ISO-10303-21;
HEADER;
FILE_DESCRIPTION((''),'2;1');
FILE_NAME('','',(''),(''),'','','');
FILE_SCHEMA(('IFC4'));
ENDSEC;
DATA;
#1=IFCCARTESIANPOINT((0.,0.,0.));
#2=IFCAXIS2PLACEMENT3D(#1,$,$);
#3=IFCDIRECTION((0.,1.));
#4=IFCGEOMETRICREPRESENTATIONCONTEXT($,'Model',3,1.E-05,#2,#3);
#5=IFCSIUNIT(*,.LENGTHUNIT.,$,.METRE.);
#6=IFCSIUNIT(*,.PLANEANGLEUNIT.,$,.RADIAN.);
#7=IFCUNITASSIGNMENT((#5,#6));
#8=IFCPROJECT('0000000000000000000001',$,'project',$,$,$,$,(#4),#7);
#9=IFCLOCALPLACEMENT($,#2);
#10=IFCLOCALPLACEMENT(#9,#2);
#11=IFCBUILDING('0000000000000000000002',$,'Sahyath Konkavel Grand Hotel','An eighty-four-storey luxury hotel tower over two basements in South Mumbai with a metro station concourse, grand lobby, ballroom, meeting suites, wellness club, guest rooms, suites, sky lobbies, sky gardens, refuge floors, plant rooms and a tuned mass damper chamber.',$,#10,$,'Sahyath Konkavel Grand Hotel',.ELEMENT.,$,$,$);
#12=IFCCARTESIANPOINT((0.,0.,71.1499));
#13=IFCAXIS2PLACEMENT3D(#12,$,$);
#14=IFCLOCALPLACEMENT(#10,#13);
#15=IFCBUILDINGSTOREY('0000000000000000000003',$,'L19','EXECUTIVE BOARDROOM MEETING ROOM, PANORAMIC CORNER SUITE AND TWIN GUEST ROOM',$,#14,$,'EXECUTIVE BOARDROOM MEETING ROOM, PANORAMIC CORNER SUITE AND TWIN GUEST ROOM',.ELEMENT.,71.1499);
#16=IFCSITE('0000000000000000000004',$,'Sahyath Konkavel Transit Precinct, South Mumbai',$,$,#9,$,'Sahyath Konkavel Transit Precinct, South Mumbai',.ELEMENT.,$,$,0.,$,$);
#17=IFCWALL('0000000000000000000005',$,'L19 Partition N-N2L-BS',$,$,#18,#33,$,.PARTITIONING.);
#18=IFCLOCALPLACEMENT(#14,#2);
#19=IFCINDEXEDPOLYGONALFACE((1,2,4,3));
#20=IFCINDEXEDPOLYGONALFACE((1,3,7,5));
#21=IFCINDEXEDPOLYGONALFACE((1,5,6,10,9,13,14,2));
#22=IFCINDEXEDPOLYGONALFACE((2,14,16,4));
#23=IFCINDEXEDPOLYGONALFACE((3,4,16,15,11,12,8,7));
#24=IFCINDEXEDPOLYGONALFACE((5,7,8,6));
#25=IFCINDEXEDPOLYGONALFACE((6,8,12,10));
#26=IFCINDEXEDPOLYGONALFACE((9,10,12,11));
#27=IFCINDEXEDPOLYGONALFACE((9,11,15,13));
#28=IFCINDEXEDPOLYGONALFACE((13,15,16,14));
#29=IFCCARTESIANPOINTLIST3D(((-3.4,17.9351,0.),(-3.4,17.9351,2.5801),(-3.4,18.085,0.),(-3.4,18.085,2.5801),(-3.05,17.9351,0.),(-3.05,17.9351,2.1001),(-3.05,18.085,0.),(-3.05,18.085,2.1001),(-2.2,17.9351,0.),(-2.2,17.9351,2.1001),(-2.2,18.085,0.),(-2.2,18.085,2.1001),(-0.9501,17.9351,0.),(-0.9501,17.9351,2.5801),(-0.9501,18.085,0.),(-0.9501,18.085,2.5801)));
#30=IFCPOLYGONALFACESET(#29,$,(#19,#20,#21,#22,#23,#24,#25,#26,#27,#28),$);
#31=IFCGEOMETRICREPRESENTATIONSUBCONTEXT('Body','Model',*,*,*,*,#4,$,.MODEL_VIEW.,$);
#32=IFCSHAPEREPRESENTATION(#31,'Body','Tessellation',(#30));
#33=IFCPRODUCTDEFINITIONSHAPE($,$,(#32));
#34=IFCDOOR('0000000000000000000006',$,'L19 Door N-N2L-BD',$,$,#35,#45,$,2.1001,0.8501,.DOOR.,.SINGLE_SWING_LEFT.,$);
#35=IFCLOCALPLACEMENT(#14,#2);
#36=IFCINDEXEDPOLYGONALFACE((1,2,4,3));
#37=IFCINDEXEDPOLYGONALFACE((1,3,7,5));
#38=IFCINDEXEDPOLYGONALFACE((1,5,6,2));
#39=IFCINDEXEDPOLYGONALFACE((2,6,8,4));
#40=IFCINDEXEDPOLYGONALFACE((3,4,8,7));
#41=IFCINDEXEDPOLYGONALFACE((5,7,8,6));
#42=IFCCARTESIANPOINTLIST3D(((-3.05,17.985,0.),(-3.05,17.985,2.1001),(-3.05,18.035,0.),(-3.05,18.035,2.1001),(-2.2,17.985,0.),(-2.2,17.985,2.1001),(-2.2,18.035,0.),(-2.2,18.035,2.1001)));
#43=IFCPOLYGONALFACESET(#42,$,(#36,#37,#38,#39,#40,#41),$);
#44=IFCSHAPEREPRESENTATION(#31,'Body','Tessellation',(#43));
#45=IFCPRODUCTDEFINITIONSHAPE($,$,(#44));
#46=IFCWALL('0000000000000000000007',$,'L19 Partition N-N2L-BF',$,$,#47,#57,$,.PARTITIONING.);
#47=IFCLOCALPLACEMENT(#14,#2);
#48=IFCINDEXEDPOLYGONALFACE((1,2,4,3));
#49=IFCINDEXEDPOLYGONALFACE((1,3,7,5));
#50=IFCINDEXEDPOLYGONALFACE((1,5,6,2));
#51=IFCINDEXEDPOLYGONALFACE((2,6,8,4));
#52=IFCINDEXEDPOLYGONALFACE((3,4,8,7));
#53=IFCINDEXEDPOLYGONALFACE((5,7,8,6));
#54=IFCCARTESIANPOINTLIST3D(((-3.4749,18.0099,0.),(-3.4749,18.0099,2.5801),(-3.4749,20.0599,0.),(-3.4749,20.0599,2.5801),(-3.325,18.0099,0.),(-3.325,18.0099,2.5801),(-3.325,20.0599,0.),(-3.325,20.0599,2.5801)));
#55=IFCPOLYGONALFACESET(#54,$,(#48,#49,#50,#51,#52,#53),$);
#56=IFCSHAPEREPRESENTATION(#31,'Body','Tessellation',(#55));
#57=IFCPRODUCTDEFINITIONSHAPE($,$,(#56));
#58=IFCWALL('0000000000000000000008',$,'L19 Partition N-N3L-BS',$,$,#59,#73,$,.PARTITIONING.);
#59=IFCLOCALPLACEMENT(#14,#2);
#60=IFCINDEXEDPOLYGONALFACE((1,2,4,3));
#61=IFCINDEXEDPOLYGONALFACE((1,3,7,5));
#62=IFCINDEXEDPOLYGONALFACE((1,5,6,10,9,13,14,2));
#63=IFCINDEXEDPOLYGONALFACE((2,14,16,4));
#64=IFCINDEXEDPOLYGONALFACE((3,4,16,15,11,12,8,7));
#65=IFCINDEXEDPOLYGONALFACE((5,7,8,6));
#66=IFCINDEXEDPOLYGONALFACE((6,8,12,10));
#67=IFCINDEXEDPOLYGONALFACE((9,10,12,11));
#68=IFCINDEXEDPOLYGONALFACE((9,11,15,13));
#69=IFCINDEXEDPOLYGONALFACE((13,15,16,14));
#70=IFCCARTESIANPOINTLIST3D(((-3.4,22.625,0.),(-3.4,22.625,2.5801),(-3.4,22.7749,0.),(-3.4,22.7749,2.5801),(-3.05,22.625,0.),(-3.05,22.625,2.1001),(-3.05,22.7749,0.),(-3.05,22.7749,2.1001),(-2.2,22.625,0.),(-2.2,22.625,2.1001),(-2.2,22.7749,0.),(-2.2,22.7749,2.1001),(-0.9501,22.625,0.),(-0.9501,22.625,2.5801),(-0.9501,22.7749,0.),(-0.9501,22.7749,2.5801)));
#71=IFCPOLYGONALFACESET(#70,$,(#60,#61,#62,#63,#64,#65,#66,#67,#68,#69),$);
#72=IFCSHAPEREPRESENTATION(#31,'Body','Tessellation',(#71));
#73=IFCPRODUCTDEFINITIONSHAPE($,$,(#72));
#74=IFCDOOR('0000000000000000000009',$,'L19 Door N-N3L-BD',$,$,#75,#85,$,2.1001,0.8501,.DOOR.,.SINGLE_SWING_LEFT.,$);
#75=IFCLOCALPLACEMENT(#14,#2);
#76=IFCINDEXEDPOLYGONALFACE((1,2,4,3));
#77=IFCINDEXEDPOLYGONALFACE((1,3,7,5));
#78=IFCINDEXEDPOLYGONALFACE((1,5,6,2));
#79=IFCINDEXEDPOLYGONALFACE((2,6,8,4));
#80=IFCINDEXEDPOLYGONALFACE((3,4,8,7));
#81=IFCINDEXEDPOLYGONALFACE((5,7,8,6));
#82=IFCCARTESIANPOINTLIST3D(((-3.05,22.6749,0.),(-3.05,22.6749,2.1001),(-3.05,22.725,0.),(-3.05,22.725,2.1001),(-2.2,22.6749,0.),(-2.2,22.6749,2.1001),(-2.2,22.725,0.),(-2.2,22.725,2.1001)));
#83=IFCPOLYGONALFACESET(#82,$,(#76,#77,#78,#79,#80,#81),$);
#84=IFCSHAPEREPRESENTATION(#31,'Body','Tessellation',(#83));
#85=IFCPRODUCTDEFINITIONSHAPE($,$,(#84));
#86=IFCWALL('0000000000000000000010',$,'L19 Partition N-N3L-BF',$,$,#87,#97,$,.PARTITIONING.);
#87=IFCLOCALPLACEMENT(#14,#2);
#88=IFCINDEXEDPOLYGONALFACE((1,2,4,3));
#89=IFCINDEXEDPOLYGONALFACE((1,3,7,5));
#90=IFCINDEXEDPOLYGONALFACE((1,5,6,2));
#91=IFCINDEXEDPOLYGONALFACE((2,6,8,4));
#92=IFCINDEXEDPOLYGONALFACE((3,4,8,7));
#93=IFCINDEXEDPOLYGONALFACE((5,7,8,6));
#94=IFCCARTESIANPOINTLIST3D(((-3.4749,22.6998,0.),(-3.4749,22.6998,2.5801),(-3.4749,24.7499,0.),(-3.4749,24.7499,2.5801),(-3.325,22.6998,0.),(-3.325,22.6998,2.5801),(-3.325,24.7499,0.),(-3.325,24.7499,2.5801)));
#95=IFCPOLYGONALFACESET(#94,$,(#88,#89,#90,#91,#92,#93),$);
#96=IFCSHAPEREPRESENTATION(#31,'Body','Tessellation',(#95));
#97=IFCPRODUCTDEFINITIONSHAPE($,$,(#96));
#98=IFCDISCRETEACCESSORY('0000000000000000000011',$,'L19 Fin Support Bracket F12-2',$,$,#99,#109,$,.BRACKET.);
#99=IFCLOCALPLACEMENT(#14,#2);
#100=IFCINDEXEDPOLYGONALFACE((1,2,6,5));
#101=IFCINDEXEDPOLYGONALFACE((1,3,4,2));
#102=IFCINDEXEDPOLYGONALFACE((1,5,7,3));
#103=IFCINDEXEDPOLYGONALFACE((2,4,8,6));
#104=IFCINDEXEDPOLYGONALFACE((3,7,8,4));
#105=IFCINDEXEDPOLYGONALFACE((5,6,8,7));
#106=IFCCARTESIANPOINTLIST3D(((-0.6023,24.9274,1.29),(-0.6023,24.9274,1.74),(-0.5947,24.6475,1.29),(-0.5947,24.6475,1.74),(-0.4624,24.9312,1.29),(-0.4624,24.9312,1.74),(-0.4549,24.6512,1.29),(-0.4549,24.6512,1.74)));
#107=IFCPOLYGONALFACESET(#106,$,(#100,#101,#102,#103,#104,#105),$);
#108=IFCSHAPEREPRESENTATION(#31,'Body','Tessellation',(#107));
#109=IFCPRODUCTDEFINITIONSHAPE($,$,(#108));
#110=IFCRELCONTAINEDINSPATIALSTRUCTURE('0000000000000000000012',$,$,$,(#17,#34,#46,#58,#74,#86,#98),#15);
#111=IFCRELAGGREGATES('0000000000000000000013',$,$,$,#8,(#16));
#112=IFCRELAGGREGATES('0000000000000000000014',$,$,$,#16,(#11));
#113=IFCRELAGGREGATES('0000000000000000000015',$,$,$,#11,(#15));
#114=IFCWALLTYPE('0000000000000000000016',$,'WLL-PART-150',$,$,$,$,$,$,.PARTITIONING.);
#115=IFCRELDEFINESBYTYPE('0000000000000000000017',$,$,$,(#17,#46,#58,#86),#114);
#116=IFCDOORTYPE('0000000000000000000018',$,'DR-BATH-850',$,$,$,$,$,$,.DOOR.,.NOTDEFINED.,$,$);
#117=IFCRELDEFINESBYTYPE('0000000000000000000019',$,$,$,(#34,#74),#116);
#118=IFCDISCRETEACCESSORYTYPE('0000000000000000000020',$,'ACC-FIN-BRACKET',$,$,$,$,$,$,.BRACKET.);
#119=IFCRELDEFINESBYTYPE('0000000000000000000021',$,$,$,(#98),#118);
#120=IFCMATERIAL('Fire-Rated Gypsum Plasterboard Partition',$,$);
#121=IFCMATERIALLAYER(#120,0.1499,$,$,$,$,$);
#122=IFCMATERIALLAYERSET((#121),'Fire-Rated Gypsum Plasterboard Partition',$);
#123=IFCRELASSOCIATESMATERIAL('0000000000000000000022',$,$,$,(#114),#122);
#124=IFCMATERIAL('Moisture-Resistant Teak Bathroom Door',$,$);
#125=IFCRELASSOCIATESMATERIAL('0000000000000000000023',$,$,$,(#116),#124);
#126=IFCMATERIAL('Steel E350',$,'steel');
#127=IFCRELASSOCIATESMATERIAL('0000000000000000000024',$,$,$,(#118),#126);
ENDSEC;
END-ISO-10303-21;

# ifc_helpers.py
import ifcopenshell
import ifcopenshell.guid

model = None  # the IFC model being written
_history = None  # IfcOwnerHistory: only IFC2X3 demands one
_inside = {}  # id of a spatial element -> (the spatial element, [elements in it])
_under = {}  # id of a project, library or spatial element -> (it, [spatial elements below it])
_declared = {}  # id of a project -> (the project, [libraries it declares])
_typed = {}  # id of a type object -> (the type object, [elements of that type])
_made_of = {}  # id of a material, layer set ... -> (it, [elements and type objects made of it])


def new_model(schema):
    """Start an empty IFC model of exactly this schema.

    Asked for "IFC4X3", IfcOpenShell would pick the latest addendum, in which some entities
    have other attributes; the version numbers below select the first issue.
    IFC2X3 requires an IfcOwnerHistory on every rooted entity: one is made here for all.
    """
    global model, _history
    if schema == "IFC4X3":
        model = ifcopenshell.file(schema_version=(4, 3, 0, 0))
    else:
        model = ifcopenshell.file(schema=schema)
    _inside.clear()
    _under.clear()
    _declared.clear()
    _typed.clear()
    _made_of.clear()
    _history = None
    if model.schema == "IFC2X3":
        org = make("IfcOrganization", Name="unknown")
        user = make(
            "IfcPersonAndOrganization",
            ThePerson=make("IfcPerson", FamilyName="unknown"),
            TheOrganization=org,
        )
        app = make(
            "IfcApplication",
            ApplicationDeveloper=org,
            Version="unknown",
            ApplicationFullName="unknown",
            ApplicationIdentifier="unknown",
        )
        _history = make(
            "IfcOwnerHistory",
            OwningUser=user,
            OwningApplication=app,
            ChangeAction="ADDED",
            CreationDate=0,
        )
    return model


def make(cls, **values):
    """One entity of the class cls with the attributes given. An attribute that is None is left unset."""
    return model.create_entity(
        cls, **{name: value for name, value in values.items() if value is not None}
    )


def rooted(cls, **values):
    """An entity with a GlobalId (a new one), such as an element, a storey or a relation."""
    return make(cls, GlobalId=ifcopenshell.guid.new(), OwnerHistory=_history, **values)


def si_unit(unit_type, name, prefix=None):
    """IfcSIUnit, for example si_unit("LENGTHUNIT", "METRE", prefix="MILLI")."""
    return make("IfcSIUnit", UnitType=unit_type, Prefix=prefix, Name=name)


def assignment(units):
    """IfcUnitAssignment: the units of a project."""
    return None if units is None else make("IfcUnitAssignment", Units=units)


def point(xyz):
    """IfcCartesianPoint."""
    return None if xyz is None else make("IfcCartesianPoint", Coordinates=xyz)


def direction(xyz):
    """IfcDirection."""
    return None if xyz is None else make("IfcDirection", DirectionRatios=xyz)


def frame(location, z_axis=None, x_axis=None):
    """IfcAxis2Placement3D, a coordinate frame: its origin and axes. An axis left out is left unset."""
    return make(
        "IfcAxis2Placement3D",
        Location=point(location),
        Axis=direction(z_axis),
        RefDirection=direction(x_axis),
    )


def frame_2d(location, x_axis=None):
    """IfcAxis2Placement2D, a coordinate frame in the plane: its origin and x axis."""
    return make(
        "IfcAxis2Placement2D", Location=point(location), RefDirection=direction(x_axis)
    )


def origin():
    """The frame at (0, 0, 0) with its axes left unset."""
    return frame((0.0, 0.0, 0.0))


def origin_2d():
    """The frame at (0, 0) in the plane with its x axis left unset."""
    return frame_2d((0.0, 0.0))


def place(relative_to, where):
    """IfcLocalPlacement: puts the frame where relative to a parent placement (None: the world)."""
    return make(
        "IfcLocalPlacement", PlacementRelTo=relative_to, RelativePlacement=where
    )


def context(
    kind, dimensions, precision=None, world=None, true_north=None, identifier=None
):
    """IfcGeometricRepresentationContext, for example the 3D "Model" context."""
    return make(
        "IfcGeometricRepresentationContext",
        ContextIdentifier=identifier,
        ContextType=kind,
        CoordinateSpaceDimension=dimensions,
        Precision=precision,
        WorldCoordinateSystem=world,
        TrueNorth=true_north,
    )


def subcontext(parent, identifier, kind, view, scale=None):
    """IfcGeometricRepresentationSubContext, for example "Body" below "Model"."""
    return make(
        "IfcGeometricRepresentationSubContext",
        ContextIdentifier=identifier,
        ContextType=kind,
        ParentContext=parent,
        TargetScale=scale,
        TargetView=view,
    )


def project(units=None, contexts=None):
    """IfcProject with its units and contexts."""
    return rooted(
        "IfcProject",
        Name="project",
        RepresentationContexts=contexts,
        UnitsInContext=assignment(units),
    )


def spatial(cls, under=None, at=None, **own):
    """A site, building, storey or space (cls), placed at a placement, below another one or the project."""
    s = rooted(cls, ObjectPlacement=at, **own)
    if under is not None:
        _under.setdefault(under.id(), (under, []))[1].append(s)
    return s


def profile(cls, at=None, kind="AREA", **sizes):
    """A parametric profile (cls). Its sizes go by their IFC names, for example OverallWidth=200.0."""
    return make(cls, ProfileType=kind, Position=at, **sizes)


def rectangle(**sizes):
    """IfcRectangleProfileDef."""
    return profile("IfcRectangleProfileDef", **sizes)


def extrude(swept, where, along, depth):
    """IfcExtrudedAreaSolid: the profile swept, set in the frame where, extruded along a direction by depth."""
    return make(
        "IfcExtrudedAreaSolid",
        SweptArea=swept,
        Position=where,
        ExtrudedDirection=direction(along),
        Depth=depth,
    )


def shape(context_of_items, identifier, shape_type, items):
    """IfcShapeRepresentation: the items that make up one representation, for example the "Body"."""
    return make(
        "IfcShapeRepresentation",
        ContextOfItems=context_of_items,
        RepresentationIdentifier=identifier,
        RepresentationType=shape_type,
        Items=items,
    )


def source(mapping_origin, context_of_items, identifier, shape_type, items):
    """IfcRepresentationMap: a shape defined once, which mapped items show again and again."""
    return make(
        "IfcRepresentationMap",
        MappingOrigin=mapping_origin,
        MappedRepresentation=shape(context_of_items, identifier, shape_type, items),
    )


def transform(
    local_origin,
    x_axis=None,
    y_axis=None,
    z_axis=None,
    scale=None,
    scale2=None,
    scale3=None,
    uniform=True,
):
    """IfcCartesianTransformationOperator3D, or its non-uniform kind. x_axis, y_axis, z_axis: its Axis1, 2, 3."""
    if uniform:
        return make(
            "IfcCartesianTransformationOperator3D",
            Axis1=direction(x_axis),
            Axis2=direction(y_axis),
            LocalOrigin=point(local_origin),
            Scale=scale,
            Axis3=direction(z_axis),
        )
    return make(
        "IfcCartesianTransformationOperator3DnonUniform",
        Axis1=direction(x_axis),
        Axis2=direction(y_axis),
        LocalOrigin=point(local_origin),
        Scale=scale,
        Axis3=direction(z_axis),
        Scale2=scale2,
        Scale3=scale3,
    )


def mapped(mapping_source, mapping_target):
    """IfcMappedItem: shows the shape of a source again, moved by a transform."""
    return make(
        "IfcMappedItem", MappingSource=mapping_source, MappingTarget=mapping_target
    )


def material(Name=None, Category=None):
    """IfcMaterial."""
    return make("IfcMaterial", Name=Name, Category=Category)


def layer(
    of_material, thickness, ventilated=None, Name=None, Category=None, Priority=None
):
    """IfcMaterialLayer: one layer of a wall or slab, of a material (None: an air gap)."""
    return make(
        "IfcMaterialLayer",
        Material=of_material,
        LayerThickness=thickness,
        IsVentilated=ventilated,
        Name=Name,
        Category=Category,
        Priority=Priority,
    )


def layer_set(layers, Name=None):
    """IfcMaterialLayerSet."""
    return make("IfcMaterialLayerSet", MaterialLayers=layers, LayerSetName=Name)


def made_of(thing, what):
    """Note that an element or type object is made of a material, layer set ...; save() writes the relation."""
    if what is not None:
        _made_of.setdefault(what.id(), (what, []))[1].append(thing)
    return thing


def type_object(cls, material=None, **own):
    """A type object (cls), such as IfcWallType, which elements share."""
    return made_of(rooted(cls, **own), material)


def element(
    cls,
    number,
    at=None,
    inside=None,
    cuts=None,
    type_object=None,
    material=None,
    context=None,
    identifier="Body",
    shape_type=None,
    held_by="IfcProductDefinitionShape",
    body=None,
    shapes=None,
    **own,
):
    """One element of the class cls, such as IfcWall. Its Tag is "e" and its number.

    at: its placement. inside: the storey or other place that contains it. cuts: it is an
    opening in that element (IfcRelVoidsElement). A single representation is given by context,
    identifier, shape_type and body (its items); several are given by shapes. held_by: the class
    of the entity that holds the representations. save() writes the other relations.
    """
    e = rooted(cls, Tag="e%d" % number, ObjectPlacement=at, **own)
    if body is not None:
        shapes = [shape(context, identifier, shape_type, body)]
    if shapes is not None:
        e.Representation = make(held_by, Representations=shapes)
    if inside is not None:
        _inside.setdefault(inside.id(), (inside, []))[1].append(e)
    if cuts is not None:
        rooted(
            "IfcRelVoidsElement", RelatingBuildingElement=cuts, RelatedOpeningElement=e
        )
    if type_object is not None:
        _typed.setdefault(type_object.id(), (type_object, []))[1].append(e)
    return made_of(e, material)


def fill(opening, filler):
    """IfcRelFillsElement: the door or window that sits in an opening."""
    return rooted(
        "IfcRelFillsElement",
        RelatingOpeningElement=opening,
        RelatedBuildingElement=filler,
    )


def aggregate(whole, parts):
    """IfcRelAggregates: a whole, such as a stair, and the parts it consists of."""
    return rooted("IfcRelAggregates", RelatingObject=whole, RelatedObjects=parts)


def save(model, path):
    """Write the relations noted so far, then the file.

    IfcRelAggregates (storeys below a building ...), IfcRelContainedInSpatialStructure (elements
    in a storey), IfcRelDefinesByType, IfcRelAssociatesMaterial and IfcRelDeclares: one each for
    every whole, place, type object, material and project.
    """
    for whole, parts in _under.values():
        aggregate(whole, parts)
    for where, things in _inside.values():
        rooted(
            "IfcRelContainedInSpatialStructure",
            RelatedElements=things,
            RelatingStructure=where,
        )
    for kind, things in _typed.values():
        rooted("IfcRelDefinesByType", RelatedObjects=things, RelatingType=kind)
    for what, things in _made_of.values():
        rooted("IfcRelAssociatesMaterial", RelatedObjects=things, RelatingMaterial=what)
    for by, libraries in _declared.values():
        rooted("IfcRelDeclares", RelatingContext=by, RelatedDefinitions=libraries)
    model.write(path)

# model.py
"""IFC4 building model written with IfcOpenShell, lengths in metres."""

from ifc_helpers import new_model, si_unit, direction, frame, frame_2d, origin, origin_2d, place, context, subcontext, project, spatial, rectangle, extrude, source, transform, mapped, material, layer, layer_set, type_object, element, fill, save


model = new_model("IFC4")

# Units and contexts
model_context = context("Model", 3, precision=1e-05, world=origin(), true_north=direction((0.0, 1.0)))
body_context = subcontext(model_context, "Body", "Model", "MODEL_VIEW")
ifc_project = project(units=[si_unit("LENGTHUNIT", "METRE"), si_unit("PLANEANGLEUNIT", "RADIAN")], contexts=[model_context])

# Site, building, storey
site_placement = place(None, origin())
site = spatial("IfcSite", under=ifc_project, at=site_placement, Name="Sahyath Konkavel Transit Precinct, South Mumbai", LongName="Sahyath Konkavel Transit Precinct, South Mumbai", CompositionType="ELEMENT", RefElevation=0.0)
building_placement = place(site_placement, origin())
building = spatial("IfcBuilding", under=site, at=building_placement, Name="Sahyath Konkavel Grand Hotel", Description="An eighty-four-storey luxury hotel tower over two basements in South Mumbai with a metro station concourse, grand lobby, ballroom, meeting suites, wellness club, guest rooms, suites, sky lobbies, sky gardens, refuge floors, plant rooms and a tuned mass damper chamber.", LongName="Sahyath Konkavel Grand Hotel", CompositionType="ELEMENT")
storey_placement = place(building_placement, frame((0.0, 0.0, 71.1499)))
storey = spatial("IfcBuildingStorey", under=building, at=storey_placement, Name="L19", Description="EXECUTIVE BOARDROOM MEETING ROOM, PANORAMIC CORNER SUITE AND TWIN GUEST ROOM", LongName="EXECUTIVE BOARDROOM MEETING ROOM, PANORAMIC CORNER SUITE AND TWIN GUEST ROOM", CompositionType="ELEMENT", Elevation=71.1499)

# Shared definitions
ifc_material_1 = material(Name="Steel E350", Category="steel")

# Wall, opening, door
ifc_material_2 = material(Name="Fire-Rated Gypsum Plasterboard Partition")
ifc_layer_1 = layer(ifc_material_2, 0.1499)
ifc_layer_set_1 = layer_set([ifc_layer_1], Name="Fire-Rated Gypsum Plasterboard Partition")
wall_type_1 = type_object("IfcWallType", Name="WLL-PART-150", PredefinedType="PARTITIONING", material=ifc_layer_set_1)
wall_1_placement = place(storey_placement, frame((-0.95, 18.01, 0.0), z_axis=(0.0, 0.0, 1.0), x_axis=(-1.0, 0.0, 0.0)))
wall_1 = element("IfcWall", 1, at=wall_1_placement, inside=storey, type_object=wall_type_1, Name="L19 Partition N-N2L-BS", PredefinedType="PARTITIONING", context=body_context, shape_type="SweptSolid", body=[
    extrude(rectangle(XDim=2.45, YDim=0.1499, at=frame_2d((1.2251, 0.0))), origin(), (0.0, 0.0, 1.0), 2.5801),
])
opening_1_placement = place(wall_1_placement, frame((1.25, 0.0, 0.0)))
opening_1 = element("IfcOpeningElement", 2, at=opening_1_placement, cuts=wall_1, PredefinedType="OPENING", context=body_context, shape_type="SweptSolid", body=[
    extrude(rectangle(XDim=0.8501, YDim=2.1001, at=frame_2d((0.425, 1.05))), frame((0.0, 0.085, 0.0), z_axis=(0.0, -1.0, 0.0), x_axis=(1.0, 0.0, 0.0)), (0.0, 0.0, 1.0), 0.1699),
])
ifc_material_3 = material(Name="Moisture-Resistant Teak Bathroom Door")
door_type = type_object("IfcDoorType", Name="DR-BATH-850", OperationType="NOTDEFINED", PredefinedType="DOOR", material=ifc_material_3)
shared_shape_1 = source(origin(), body_context, "Body", "SweptSolid", [
    extrude(rectangle(XDim=0.8501, YDim=0.05, at=origin_2d()), origin(), (0.0, 0.0, 1.0), 2.1001),
])
door_1_placement = place(opening_1_placement, frame((0.425, 0.0, 0.0)))
door_1 = element("IfcDoor", 3, at=door_1_placement, inside=storey, type_object=door_type, Name="L19 Door N-N2L-BD", OperationType="SINGLE_SWING_LEFT", OverallHeight=2.1001, OverallWidth=0.8501, PredefinedType="DOOR", context=body_context, shape_type="MappedRepresentation", body=[
    mapped(shared_shape_1, transform((0.0, 0.0, 0.0), scale=1.0)),
])
fill(opening_1, door_1)

# Wall
wall_2_placement = place(storey_placement, frame((-3.3999, 18.01, 0.0), z_axis=(0.0, 0.0, 1.0), x_axis=(0.0, 1.0, 0.0)))
element("IfcWall", 4, at=wall_2_placement, inside=storey, type_object=wall_type_1, Name="L19 Partition N-N2L-BF", PredefinedType="PARTITIONING", context=body_context, shape_type="SweptSolid", body=[
    extrude(rectangle(XDim=2.05, YDim=0.1499, at=frame_2d((1.0249, 0.0))), origin(), (0.0, 0.0, 1.0), 2.5801),
])

# Wall, opening, door
wall_3_placement = place(storey_placement, frame((-0.95, 22.7, 0.0), z_axis=(0.0, 0.0, 1.0), x_axis=(-1.0, 0.0, 0.0)))
wall_3 = element("IfcWall", 5, at=wall_3_placement, inside=storey, type_object=wall_type_1, Name="L19 Partition N-N3L-BS", PredefinedType="PARTITIONING", context=body_context, shape_type="SweptSolid", body=[
    extrude(rectangle(XDim=2.45, YDim=0.1499, at=frame_2d((1.2251, 0.0))), origin(), (0.0, 0.0, 1.0), 2.5801),
])
opening_2_placement = place(wall_3_placement, frame((1.25, 0.0, 0.0)))
opening_2 = element("IfcOpeningElement", 6, at=opening_2_placement, cuts=wall_3, PredefinedType="OPENING", context=body_context, shape_type="SweptSolid", body=[
    extrude(rectangle(XDim=0.8501, YDim=2.1001, at=frame_2d((0.425, 1.05))), frame((0.0, 0.085, 0.0), z_axis=(0.0, -1.0, 0.0), x_axis=(1.0, 0.0, 0.0)), (0.0, 0.0, 1.0), 0.1699),
])
door_2_placement = place(opening_2_placement, frame((0.425, 0.0, 0.0)))
door_2 = element("IfcDoor", 7, at=door_2_placement, inside=storey, type_object=door_type, Name="L19 Door N-N3L-BD", OperationType="SINGLE_SWING_LEFT", OverallHeight=2.1001, OverallWidth=0.8501, PredefinedType="DOOR", context=body_context, shape_type="MappedRepresentation", body=[
    mapped(shared_shape_1, transform((0.0, 0.0, 0.0), scale=1.0)),
])
fill(opening_2, door_2)

# Wall
wall_4_placement = place(storey_placement, frame((-3.3999, 22.7, 0.0), z_axis=(0.0, 0.0, 1.0), x_axis=(0.0, 1.0, 0.0)))
element("IfcWall", 8, at=wall_4_placement, inside=storey, type_object=wall_type_1, Name="L19 Partition N-N3L-BF", PredefinedType="PARTITIONING", context=body_context, shape_type="SweptSolid", body=[
    extrude(rectangle(XDim=2.05, YDim=0.1499, at=frame_2d((1.0249, 0.0))), origin(), (0.0, 0.0, 1.0), 2.5801),
])

# Discrete accessory
discrete_accessory_type = type_object("IfcDiscreteAccessoryType", Name="ACC-FIN-BRACKET", PredefinedType="BRACKET", material=ifc_material_1)
shared_shape_2 = source(origin(), body_context, "Body", "SweptSolid", [
    extrude(rectangle(XDim=0.28, YDim=0.1399, at=origin_2d()), origin(), (0.0, 0.0, 1.0), 0.45),
])
discrete_accessory_placement = place(storey_placement, frame((-0.5286, 24.7893, 1.29), z_axis=(0.0, 0.0, 1.0), x_axis=(-0.02691, 0.999638, 0.0)))
element("IfcDiscreteAccessory", 9, at=discrete_accessory_placement, inside=storey, type_object=discrete_accessory_type, Name="L19 Fin Support Bracket F12-2", PredefinedType="BRACKET", context=body_context, shape_type="MappedRepresentation", body=[
    mapped(shared_shape_2, transform((0.0, 0.0, 0.0), scale=1.0)),
])

save(model, "model.ifc")
